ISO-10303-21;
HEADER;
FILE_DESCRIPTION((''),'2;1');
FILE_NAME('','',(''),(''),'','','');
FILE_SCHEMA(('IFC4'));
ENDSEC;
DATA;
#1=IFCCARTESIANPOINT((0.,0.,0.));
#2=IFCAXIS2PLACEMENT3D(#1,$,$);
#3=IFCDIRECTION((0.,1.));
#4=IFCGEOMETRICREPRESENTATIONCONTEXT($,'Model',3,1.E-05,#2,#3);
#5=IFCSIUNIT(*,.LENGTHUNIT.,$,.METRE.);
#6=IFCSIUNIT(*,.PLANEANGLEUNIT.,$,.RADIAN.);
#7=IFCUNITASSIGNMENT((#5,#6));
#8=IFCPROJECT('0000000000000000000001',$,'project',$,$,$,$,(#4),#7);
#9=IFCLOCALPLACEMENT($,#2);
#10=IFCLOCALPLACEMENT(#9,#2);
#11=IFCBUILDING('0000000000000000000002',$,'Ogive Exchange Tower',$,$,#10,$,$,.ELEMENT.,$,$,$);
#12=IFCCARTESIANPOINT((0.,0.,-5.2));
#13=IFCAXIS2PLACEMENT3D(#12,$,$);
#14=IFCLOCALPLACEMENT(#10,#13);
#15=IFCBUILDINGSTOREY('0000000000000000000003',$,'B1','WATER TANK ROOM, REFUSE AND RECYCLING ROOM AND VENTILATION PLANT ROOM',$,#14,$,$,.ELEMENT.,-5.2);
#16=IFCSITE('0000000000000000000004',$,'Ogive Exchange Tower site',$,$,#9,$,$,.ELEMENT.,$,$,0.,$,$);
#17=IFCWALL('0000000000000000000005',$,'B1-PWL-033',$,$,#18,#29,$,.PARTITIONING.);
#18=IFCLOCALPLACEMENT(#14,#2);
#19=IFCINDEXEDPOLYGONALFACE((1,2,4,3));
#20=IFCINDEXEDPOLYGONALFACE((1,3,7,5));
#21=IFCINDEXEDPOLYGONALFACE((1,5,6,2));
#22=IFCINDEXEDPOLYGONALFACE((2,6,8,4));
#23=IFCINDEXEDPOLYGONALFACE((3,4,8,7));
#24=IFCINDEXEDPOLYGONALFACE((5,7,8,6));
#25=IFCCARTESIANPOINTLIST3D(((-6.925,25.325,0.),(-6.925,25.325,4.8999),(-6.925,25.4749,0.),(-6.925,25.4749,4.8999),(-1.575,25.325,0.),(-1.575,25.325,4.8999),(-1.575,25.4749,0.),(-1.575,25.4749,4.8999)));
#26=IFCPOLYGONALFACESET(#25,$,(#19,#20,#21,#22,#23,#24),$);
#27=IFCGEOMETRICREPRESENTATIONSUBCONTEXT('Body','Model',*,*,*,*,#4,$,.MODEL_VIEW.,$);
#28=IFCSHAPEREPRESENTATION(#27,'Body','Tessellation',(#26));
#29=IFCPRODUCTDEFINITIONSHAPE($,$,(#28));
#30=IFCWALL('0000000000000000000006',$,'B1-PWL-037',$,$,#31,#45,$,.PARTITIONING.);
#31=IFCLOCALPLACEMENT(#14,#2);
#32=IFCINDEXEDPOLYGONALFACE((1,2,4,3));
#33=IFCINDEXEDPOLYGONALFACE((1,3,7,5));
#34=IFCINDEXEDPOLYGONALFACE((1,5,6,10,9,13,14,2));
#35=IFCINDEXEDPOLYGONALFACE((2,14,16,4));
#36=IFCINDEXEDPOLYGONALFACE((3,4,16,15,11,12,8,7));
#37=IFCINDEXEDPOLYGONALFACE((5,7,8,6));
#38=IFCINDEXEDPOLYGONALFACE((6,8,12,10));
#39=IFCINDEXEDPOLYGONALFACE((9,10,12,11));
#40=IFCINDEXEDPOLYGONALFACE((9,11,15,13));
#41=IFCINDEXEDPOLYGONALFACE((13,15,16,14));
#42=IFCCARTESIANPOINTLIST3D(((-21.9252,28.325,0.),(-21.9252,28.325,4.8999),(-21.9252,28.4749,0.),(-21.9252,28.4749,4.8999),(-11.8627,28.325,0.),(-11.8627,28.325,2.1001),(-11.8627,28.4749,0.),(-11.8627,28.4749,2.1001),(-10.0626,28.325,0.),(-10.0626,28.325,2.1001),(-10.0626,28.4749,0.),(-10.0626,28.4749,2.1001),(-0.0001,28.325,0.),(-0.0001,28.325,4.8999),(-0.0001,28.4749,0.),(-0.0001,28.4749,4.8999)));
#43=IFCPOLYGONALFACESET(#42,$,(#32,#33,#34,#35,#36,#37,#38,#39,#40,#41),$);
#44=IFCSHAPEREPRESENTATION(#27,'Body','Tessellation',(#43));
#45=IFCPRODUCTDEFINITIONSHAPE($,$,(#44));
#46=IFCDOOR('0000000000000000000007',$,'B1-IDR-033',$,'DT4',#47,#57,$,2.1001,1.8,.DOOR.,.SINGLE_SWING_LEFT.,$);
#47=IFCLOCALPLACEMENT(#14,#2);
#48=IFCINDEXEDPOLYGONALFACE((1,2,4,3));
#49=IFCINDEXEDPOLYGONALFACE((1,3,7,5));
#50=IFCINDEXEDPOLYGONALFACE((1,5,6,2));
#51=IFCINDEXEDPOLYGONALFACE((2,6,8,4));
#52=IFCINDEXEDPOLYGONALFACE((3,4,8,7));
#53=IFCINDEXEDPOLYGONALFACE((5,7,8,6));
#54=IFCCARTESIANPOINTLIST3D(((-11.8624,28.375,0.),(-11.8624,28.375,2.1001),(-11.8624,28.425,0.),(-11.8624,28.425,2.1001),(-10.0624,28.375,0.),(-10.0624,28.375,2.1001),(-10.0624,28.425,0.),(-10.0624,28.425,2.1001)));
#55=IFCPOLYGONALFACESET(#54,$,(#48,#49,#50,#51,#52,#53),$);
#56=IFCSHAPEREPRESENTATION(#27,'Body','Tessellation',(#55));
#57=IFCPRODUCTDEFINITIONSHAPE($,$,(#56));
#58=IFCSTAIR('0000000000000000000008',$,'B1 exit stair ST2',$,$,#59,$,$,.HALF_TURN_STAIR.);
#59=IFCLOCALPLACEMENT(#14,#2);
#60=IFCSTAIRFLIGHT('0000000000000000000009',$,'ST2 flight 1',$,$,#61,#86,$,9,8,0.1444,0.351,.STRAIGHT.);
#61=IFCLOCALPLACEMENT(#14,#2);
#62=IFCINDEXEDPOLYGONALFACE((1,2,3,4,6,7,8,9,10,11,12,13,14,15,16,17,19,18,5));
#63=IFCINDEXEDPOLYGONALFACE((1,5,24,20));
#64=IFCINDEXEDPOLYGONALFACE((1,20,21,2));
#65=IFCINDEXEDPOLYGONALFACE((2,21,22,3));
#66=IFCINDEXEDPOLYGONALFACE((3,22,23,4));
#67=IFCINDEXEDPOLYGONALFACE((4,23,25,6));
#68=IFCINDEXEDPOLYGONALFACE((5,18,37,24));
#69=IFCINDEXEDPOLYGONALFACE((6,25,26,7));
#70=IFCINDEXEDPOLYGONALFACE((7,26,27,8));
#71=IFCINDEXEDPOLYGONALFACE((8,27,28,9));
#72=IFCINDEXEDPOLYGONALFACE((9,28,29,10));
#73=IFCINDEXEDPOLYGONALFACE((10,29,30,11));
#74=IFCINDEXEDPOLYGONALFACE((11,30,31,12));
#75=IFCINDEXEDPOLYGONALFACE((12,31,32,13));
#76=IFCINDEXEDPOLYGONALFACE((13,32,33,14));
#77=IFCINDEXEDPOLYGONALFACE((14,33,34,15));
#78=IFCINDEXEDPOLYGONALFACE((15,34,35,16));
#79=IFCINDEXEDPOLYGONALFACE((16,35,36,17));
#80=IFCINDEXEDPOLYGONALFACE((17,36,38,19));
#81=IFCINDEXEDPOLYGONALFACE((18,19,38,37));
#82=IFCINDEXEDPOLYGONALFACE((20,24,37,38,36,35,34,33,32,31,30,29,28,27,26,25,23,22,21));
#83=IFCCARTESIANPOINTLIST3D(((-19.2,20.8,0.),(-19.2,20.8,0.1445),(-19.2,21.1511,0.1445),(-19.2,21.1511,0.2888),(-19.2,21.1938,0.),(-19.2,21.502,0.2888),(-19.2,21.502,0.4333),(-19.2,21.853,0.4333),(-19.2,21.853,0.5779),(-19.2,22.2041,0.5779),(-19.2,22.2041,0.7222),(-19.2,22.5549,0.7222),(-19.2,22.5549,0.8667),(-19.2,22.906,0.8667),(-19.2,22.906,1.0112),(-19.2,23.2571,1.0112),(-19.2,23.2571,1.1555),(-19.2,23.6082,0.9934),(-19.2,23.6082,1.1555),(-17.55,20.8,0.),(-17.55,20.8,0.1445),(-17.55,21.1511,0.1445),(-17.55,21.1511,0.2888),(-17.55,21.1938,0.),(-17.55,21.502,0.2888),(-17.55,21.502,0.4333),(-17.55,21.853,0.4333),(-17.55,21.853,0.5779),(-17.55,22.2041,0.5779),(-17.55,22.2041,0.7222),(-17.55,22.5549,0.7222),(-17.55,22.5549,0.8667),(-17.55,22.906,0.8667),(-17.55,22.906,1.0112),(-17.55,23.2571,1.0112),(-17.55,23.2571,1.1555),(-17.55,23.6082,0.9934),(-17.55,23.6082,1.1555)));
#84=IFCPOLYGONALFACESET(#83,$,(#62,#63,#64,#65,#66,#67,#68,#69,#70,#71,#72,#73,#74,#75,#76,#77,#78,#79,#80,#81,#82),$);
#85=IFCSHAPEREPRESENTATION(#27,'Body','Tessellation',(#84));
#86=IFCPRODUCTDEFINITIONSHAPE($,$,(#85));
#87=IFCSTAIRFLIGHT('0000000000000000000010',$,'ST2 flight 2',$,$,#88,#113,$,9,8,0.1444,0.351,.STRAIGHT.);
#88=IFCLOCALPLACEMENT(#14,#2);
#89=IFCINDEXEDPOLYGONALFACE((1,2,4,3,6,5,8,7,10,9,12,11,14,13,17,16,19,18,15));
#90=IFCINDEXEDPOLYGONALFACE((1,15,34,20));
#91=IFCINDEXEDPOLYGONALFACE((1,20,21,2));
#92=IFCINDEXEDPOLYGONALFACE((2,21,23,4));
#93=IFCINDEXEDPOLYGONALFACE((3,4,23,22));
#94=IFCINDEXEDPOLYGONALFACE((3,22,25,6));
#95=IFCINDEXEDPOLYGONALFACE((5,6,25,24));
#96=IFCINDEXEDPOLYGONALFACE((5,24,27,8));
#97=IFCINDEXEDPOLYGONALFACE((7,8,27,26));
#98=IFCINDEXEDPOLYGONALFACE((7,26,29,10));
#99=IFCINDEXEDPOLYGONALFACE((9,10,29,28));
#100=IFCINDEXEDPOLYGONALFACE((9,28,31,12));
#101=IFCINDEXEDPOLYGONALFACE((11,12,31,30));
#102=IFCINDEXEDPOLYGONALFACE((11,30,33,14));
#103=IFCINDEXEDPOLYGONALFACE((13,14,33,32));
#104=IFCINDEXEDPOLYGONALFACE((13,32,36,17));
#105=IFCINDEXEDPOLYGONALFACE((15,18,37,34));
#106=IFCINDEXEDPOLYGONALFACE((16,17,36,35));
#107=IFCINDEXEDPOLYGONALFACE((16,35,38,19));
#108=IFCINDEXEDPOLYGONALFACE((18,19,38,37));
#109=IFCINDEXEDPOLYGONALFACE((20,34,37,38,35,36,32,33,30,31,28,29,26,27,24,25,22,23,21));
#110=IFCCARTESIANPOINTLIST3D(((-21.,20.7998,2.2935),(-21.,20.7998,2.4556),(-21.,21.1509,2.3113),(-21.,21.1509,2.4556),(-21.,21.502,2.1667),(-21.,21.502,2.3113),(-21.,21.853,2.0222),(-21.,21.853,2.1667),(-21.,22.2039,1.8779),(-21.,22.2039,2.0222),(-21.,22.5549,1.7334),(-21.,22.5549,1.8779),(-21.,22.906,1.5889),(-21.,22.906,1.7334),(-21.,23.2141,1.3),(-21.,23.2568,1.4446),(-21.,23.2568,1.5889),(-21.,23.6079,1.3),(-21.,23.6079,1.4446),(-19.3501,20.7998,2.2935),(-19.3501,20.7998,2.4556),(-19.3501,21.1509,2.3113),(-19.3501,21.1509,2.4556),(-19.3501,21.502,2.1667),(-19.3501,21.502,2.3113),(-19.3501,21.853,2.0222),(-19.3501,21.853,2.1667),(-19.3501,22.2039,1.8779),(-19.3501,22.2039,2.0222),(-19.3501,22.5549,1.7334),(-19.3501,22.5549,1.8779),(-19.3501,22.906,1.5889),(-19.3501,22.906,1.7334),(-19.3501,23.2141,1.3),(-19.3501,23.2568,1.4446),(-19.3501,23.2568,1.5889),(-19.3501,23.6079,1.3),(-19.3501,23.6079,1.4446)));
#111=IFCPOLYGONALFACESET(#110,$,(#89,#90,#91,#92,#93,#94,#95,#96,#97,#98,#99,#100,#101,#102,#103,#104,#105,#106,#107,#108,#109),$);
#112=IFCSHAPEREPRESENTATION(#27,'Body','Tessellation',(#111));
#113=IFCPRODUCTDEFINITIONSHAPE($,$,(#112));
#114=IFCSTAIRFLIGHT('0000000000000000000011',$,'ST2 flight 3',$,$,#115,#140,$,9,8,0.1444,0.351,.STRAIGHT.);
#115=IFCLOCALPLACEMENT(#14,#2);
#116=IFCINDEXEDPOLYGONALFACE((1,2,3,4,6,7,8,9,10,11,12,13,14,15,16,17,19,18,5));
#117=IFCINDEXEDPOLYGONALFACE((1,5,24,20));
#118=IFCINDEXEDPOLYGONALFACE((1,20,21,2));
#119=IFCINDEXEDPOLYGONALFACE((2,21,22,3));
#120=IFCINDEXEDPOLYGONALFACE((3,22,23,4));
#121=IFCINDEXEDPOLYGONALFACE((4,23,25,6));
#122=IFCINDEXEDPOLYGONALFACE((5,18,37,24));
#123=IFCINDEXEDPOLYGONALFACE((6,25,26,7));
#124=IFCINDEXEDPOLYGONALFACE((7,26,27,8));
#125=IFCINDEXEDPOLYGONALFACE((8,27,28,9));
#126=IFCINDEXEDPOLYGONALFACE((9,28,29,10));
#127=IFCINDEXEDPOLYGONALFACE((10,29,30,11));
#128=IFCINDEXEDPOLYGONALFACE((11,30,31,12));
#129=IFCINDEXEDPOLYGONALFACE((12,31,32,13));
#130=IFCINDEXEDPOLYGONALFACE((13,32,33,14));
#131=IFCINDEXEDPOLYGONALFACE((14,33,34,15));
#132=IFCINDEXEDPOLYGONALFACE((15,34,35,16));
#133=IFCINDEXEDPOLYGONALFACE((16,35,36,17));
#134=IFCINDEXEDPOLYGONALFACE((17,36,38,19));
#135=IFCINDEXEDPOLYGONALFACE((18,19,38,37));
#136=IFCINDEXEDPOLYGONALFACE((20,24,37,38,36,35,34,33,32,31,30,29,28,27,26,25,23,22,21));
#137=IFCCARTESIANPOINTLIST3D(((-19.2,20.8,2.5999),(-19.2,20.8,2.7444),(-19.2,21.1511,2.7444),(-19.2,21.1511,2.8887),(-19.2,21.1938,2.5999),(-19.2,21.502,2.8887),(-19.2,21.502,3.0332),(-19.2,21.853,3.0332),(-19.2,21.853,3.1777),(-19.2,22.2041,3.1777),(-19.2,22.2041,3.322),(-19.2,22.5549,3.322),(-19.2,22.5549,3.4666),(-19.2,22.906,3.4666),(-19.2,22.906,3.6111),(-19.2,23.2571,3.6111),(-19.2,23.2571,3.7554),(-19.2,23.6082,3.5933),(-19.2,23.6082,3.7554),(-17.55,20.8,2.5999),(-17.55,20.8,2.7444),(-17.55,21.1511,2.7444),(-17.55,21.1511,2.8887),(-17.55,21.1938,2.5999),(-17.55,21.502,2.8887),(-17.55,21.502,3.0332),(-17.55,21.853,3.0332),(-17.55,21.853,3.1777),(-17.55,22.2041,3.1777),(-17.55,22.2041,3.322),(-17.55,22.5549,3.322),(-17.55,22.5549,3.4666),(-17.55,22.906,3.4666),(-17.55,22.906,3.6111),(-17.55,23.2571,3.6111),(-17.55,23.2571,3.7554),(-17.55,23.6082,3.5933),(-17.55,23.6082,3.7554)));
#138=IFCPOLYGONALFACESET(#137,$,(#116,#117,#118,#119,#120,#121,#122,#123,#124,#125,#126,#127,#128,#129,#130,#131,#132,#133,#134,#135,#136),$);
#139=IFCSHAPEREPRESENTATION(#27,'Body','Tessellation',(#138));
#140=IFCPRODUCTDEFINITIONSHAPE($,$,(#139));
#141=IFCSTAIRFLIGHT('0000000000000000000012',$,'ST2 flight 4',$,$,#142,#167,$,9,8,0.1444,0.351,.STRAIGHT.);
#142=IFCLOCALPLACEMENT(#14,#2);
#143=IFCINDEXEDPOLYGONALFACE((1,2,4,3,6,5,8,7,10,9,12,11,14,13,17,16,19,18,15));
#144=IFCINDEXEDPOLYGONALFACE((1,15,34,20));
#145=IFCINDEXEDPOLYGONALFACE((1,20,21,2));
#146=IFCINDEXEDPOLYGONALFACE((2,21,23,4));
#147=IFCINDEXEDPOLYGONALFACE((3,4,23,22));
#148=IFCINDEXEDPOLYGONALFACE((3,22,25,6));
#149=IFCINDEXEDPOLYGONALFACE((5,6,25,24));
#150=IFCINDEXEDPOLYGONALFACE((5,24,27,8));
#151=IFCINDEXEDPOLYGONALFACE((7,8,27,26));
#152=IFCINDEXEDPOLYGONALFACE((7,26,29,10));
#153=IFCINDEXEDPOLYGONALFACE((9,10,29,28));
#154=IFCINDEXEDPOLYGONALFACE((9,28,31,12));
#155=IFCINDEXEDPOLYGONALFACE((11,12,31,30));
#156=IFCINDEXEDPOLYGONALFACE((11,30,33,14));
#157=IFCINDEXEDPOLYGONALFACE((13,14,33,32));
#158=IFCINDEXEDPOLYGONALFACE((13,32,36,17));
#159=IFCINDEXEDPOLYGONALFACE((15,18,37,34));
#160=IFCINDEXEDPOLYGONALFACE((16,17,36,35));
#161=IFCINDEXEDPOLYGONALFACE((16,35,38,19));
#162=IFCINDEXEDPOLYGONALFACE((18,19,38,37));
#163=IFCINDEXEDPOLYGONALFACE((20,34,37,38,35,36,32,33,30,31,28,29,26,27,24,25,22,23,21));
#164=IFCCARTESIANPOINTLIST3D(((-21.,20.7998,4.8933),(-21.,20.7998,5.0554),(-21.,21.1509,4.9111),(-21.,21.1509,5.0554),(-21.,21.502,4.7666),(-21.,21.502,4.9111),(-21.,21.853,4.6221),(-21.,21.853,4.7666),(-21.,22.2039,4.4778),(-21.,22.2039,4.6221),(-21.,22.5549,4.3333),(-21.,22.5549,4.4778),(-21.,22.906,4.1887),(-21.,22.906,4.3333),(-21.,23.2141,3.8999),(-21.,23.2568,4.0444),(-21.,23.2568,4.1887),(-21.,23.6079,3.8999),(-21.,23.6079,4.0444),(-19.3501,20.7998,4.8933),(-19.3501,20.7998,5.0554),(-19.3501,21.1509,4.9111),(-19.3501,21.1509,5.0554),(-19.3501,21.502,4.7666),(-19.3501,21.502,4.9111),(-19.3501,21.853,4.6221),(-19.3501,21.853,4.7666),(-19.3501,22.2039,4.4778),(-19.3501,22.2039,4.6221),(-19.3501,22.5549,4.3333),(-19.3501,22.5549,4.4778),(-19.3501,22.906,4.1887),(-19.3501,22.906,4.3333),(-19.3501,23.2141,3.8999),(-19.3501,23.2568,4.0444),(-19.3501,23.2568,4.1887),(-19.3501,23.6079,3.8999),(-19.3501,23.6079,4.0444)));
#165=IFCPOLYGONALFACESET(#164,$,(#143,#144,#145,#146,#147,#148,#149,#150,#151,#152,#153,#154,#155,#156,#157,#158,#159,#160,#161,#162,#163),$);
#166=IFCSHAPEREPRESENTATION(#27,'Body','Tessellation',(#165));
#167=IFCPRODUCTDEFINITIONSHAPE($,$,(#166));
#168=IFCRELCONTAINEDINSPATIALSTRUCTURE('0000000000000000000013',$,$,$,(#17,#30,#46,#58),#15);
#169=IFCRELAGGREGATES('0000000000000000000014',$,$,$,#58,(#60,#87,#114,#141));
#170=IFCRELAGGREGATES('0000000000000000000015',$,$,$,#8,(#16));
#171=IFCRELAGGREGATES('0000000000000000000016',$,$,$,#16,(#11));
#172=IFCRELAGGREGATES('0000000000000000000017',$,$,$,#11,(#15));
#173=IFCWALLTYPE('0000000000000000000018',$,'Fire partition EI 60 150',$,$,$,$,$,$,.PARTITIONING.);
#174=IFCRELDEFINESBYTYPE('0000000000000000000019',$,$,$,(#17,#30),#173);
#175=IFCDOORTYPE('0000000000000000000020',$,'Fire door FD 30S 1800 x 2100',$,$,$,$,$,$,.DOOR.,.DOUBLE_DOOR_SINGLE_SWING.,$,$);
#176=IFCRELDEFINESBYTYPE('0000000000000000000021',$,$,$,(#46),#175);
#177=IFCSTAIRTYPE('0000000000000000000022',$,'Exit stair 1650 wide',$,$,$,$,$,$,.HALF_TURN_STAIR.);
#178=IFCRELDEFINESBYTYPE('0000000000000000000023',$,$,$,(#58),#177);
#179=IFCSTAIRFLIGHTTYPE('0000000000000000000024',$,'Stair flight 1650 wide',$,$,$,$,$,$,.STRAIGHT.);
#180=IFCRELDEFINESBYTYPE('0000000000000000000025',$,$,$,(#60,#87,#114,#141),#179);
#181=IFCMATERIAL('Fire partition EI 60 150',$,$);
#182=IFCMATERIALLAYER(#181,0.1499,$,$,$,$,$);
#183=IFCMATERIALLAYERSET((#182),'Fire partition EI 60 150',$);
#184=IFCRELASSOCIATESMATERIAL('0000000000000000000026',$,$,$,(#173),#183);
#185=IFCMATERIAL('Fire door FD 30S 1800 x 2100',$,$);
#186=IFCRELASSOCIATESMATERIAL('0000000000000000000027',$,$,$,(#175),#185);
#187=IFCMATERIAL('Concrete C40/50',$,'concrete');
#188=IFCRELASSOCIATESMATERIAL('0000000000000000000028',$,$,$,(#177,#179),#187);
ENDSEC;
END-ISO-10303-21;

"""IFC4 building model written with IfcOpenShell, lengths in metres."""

from ifc_helpers import new_model, si_unit, direction, frame, frame_2d, origin, place, context, subcontext, project, spatial, polyline, rectangle, outline, extrude, material, layer, layer_set, type_object, element, fill, aggregate, save


model = new_model("IFC4")

# Units and contexts
model_context = context("Model", 3, precision=1e-05, world=origin(), true_north=direction((0.0, 1.0)))
body_context = subcontext(model_context, "Body", "Model", "MODEL_VIEW")
ifc_project = project(units=[si_unit("LENGTHUNIT", "METRE"), si_unit("PLANEANGLEUNIT", "RADIAN")], contexts=[model_context])

# Site, building, storey
site_placement = place(None, origin())
site = spatial("IfcSite", under=ifc_project, at=site_placement, Name="Ogive Exchange Tower site", CompositionType="ELEMENT", RefElevation=0.0)
building_placement = place(site_placement, origin())
building = spatial("IfcBuilding", under=site, at=building_placement, Name="Ogive Exchange Tower", CompositionType="ELEMENT")
storey_placement = place(building_placement, frame((0.0, 0.0, -5.2)))
storey = spatial("IfcBuildingStorey", under=building, at=storey_placement, Name="B1", Description="WATER TANK ROOM, REFUSE AND RECYCLING ROOM AND VENTILATION PLANT ROOM", CompositionType="ELEMENT", Elevation=-5.2)

# Wall
ifc_material_1 = material(Name="Fire partition EI 60 150")
ifc_layer = layer(ifc_material_1, 0.1499)
ifc_layer_set = layer_set([ifc_layer], Name="Fire partition EI 60 150")
wall_type = type_object("IfcWallType", Name="Fire partition EI 60 150", PredefinedType="PARTITIONING", material=ifc_layer_set)
wall_1_placement = place(storey_placement, frame((-6.925, 25.3999, 0.0), z_axis=(0.0, 0.0, 1.0), x_axis=(1.0, 0.0, 0.0)))
element("IfcWall", 1, at=wall_1_placement, inside=storey, type_object=wall_type, Name="B1-PWL-033", PredefinedType="PARTITIONING", context=body_context, shape_type="SweptSolid", body=[
    extrude(rectangle(XDim=5.3501, YDim=0.1499, at=frame_2d((2.675, 0.0))), origin(), (0.0, 0.0, 1.0), 4.8999),
])

# Wall, opening, door
wall_2_placement = place(storey_placement, frame((-21.925, 28.3999, 0.0), z_axis=(0.0, 0.0, 1.0), x_axis=(1.0, 0.0, 0.0)))
wall_2 = element("IfcWall", 2, at=wall_2_placement, inside=storey, type_object=wall_type, Name="B1-PWL-037", PredefinedType="PARTITIONING", context=body_context, shape_type="SweptSolid", body=[
    extrude(rectangle(XDim=21.925, YDim=0.1499, at=frame_2d((10.9624, 0.0))), origin(), (0.0, 0.0, 1.0), 4.8999),
])
opening_placement = place(wall_2_placement, frame((10.0625, 0.0, 0.0)))
opening = element("IfcOpeningElement", 3, at=opening_placement, cuts=wall_2, PredefinedType="OPENING", context=body_context, shape_type="SweptSolid", body=[
    extrude(rectangle(XDim=1.8, YDim=2.1001, at=frame_2d((0.8999, 1.05))), frame((0.0, 0.085, 0.0), z_axis=(0.0, -1.0, 0.0), x_axis=(1.0, 0.0, 0.0)), (0.0, 0.0, 1.0), 0.1699),
])
ifc_material_2 = material(Name="Fire door FD 30S 1800 x 2100")
door_type = type_object("IfcDoorType", Name="Fire door FD 30S 1800 x 2100", OperationType="DOUBLE_DOOR_SINGLE_SWING", PredefinedType="DOOR", material=ifc_material_2)
door_placement = place(opening_placement, frame((1.8, 0.0, 0.0), z_axis=(0.0, 0.0, 1.0), x_axis=(-1.0, 0.0, 0.0)))
door = element("IfcDoor", 4, at=door_placement, inside=storey, type_object=door_type, Name="B1-IDR-033", ObjectType="DT4", OperationType="SINGLE_SWING_LEFT", OverallHeight=2.1001, OverallWidth=1.8, PredefinedType="DOOR", context=body_context, shape_type="SweptSolid", body=[
    extrude(rectangle(XDim=1.8, YDim=2.1001, at=frame_2d((0.8999, 1.05))), frame((0.0, 0.0249, 0.0), z_axis=(0.0, -1.0, 0.0), x_axis=(1.0, 0.0, 0.0)), (0.0, 0.0, 1.0), 0.05),
])
fill(opening, door)

# Stair, stair flights
ifc_material_3 = material(Name="Concrete C40/50", Category="concrete")
stair_type = type_object("IfcStairType", Name="Exit stair 1650 wide", PredefinedType="HALF_TURN_STAIR", material=ifc_material_3)
stair_placement = place(storey_placement, origin())
stair = element("IfcStair", 5, at=stair_placement, inside=storey, type_object=stair_type, Name="B1 exit stair ST2", PredefinedType="HALF_TURN_STAIR")
stair_flight_type = type_object("IfcStairFlightType", Name="Stair flight 1650 wide", PredefinedType="STRAIGHT", material=ifc_material_3)
stair_flight_1_placement = place(storey_placement, frame((-18.375, 20.8, 0.0), z_axis=(0.0, 0.0, 1.0), x_axis=(0.0, 1.0, 0.0)))
stair_flight_1 = element("IfcStairFlight", 6, at=stair_flight_1_placement, type_object=stair_flight_type, Name="ST2 flight 1", NumberOfRisers=9, NumberOfTreads=8, PredefinedType="STRAIGHT", RiserHeight=0.1444, TreadLength=0.351, context=body_context, shape_type="SweptSolid", body=[
    extrude(outline(polyline([(0.0, 0.0), (0.0, 0.1445), (0.3511, 0.1445), (0.3511, 0.2888), (0.7019, 0.2888), (0.7019, 0.4333), (1.053, 0.4333), (1.053, 0.5779), (1.4041, 0.5779), (1.4041, 0.7222), (1.7549, 0.7222), (1.7549, 0.8667), (2.106, 0.8667), (2.106, 1.0112), (2.457, 1.0112), (2.457, 1.1555), (2.8081, 1.1555), (2.8081, 1.3), (2.8081, 0.9934), (0.3938, 0.0), (0.0, 0.0)])), frame((0.0, 0.825, 0.0), z_axis=(0.0, -1.0, 0.0), x_axis=(1.0, 0.0, 0.0)), (0.0, 0.0, 1.0), 1.6499),
])
stair_flight_2_placement = place(storey_placement, frame((-20.175, 23.6079, 1.3), z_axis=(0.0, 0.0, 1.0), x_axis=(0.0, -1.0, 0.0)))
stair_flight_2 = element("IfcStairFlight", 7, at=stair_flight_2_placement, type_object=stair_flight_type, Name="ST2 flight 2", NumberOfRisers=9, NumberOfTreads=8, PredefinedType="STRAIGHT", RiserHeight=0.1444, TreadLength=0.351, context=body_context, shape_type="SweptSolid", body=[
    extrude(outline(polyline([(0.0, 0.0), (0.0, 0.1445), (0.3511, 0.1445), (0.3511, 0.2888), (0.7019, 0.2888), (0.7019, 0.4333), (1.053, 0.4333), (1.053, 0.5779), (1.4041, 0.5779), (1.4041, 0.7222), (1.7549, 0.7222), (1.7549, 0.8667), (2.106, 0.8667), (2.106, 1.0112), (2.457, 1.0112), (2.457, 1.1555), (2.8081, 1.1555), (2.8081, 1.3), (2.8081, 0.9934), (0.3938, 0.0), (0.0, 0.0)])), frame((0.0, 0.825, 0.0), z_axis=(0.0, -1.0, 0.0), x_axis=(1.0, 0.0, 0.0)), (0.0, 0.0, 1.0), 1.6499),
])
stair_flight_3_placement = place(storey_placement, frame((-18.375, 20.8, 2.5999), z_axis=(0.0, 0.0, 1.0), x_axis=(0.0, 1.0, 0.0)))
stair_flight_3 = element("IfcStairFlight", 8, at=stair_flight_3_placement, type_object=stair_flight_type, Name="ST2 flight 3", NumberOfRisers=9, NumberOfTreads=8, PredefinedType="STRAIGHT", RiserHeight=0.1444, TreadLength=0.351, context=body_context, shape_type="SweptSolid", body=[
    extrude(outline(polyline([(0.0, 0.0), (0.0, 0.1445), (0.3511, 0.1445), (0.3511, 0.2888), (0.7019, 0.2888), (0.7019, 0.4333), (1.053, 0.4333), (1.053, 0.5779), (1.4041, 0.5779), (1.4041, 0.7222), (1.7549, 0.7222), (1.7549, 0.8667), (2.106, 0.8667), (2.106, 1.0112), (2.457, 1.0112), (2.457, 1.1555), (2.8081, 1.1555), (2.8081, 1.3), (2.8081, 0.9934), (0.3938, 0.0), (0.0, 0.0)])), frame((0.0, 0.825, 0.0), z_axis=(0.0, -1.0, 0.0), x_axis=(1.0, 0.0, 0.0)), (0.0, 0.0, 1.0), 1.6499),
])
stair_flight_4_placement = place(storey_placement, frame((-20.175, 23.6079, 3.8999), z_axis=(0.0, 0.0, 1.0), x_axis=(0.0, -1.0, 0.0)))
stair_flight_4 = element("IfcStairFlight", 9, at=stair_flight_4_placement, type_object=stair_flight_type, Name="ST2 flight 4", NumberOfRisers=9, NumberOfTreads=8, PredefinedType="STRAIGHT", RiserHeight=0.1444, TreadLength=0.351, context=body_context, shape_type="SweptSolid", body=[
    extrude(outline(polyline([(0.0, 0.0), (0.0, 0.1445), (0.3511, 0.1445), (0.3511, 0.2888), (0.7019, 0.2888), (0.7019, 0.4333), (1.053, 0.4333), (1.053, 0.5779), (1.4041, 0.5779), (1.4041, 0.7222), (1.7549, 0.7222), (1.7549, 0.8667), (2.106, 0.8667), (2.106, 1.0112), (2.457, 1.0112), (2.457, 1.1555), (2.8081, 1.1555), (2.8081, 1.3), (2.8081, 0.9934), (0.3938, 0.0), (0.0, 0.0)])), frame((0.0, 0.825, 0.0), z_axis=(0.0, -1.0, 0.0), x_axis=(1.0, 0.0, 0.0)), (0.0, 0.0, 1.0), 1.6499),
])
aggregate(stair, [stair_flight_1, stair_flight_2, stair_flight_3, stair_flight_4])

save(model, "model.ifc")
